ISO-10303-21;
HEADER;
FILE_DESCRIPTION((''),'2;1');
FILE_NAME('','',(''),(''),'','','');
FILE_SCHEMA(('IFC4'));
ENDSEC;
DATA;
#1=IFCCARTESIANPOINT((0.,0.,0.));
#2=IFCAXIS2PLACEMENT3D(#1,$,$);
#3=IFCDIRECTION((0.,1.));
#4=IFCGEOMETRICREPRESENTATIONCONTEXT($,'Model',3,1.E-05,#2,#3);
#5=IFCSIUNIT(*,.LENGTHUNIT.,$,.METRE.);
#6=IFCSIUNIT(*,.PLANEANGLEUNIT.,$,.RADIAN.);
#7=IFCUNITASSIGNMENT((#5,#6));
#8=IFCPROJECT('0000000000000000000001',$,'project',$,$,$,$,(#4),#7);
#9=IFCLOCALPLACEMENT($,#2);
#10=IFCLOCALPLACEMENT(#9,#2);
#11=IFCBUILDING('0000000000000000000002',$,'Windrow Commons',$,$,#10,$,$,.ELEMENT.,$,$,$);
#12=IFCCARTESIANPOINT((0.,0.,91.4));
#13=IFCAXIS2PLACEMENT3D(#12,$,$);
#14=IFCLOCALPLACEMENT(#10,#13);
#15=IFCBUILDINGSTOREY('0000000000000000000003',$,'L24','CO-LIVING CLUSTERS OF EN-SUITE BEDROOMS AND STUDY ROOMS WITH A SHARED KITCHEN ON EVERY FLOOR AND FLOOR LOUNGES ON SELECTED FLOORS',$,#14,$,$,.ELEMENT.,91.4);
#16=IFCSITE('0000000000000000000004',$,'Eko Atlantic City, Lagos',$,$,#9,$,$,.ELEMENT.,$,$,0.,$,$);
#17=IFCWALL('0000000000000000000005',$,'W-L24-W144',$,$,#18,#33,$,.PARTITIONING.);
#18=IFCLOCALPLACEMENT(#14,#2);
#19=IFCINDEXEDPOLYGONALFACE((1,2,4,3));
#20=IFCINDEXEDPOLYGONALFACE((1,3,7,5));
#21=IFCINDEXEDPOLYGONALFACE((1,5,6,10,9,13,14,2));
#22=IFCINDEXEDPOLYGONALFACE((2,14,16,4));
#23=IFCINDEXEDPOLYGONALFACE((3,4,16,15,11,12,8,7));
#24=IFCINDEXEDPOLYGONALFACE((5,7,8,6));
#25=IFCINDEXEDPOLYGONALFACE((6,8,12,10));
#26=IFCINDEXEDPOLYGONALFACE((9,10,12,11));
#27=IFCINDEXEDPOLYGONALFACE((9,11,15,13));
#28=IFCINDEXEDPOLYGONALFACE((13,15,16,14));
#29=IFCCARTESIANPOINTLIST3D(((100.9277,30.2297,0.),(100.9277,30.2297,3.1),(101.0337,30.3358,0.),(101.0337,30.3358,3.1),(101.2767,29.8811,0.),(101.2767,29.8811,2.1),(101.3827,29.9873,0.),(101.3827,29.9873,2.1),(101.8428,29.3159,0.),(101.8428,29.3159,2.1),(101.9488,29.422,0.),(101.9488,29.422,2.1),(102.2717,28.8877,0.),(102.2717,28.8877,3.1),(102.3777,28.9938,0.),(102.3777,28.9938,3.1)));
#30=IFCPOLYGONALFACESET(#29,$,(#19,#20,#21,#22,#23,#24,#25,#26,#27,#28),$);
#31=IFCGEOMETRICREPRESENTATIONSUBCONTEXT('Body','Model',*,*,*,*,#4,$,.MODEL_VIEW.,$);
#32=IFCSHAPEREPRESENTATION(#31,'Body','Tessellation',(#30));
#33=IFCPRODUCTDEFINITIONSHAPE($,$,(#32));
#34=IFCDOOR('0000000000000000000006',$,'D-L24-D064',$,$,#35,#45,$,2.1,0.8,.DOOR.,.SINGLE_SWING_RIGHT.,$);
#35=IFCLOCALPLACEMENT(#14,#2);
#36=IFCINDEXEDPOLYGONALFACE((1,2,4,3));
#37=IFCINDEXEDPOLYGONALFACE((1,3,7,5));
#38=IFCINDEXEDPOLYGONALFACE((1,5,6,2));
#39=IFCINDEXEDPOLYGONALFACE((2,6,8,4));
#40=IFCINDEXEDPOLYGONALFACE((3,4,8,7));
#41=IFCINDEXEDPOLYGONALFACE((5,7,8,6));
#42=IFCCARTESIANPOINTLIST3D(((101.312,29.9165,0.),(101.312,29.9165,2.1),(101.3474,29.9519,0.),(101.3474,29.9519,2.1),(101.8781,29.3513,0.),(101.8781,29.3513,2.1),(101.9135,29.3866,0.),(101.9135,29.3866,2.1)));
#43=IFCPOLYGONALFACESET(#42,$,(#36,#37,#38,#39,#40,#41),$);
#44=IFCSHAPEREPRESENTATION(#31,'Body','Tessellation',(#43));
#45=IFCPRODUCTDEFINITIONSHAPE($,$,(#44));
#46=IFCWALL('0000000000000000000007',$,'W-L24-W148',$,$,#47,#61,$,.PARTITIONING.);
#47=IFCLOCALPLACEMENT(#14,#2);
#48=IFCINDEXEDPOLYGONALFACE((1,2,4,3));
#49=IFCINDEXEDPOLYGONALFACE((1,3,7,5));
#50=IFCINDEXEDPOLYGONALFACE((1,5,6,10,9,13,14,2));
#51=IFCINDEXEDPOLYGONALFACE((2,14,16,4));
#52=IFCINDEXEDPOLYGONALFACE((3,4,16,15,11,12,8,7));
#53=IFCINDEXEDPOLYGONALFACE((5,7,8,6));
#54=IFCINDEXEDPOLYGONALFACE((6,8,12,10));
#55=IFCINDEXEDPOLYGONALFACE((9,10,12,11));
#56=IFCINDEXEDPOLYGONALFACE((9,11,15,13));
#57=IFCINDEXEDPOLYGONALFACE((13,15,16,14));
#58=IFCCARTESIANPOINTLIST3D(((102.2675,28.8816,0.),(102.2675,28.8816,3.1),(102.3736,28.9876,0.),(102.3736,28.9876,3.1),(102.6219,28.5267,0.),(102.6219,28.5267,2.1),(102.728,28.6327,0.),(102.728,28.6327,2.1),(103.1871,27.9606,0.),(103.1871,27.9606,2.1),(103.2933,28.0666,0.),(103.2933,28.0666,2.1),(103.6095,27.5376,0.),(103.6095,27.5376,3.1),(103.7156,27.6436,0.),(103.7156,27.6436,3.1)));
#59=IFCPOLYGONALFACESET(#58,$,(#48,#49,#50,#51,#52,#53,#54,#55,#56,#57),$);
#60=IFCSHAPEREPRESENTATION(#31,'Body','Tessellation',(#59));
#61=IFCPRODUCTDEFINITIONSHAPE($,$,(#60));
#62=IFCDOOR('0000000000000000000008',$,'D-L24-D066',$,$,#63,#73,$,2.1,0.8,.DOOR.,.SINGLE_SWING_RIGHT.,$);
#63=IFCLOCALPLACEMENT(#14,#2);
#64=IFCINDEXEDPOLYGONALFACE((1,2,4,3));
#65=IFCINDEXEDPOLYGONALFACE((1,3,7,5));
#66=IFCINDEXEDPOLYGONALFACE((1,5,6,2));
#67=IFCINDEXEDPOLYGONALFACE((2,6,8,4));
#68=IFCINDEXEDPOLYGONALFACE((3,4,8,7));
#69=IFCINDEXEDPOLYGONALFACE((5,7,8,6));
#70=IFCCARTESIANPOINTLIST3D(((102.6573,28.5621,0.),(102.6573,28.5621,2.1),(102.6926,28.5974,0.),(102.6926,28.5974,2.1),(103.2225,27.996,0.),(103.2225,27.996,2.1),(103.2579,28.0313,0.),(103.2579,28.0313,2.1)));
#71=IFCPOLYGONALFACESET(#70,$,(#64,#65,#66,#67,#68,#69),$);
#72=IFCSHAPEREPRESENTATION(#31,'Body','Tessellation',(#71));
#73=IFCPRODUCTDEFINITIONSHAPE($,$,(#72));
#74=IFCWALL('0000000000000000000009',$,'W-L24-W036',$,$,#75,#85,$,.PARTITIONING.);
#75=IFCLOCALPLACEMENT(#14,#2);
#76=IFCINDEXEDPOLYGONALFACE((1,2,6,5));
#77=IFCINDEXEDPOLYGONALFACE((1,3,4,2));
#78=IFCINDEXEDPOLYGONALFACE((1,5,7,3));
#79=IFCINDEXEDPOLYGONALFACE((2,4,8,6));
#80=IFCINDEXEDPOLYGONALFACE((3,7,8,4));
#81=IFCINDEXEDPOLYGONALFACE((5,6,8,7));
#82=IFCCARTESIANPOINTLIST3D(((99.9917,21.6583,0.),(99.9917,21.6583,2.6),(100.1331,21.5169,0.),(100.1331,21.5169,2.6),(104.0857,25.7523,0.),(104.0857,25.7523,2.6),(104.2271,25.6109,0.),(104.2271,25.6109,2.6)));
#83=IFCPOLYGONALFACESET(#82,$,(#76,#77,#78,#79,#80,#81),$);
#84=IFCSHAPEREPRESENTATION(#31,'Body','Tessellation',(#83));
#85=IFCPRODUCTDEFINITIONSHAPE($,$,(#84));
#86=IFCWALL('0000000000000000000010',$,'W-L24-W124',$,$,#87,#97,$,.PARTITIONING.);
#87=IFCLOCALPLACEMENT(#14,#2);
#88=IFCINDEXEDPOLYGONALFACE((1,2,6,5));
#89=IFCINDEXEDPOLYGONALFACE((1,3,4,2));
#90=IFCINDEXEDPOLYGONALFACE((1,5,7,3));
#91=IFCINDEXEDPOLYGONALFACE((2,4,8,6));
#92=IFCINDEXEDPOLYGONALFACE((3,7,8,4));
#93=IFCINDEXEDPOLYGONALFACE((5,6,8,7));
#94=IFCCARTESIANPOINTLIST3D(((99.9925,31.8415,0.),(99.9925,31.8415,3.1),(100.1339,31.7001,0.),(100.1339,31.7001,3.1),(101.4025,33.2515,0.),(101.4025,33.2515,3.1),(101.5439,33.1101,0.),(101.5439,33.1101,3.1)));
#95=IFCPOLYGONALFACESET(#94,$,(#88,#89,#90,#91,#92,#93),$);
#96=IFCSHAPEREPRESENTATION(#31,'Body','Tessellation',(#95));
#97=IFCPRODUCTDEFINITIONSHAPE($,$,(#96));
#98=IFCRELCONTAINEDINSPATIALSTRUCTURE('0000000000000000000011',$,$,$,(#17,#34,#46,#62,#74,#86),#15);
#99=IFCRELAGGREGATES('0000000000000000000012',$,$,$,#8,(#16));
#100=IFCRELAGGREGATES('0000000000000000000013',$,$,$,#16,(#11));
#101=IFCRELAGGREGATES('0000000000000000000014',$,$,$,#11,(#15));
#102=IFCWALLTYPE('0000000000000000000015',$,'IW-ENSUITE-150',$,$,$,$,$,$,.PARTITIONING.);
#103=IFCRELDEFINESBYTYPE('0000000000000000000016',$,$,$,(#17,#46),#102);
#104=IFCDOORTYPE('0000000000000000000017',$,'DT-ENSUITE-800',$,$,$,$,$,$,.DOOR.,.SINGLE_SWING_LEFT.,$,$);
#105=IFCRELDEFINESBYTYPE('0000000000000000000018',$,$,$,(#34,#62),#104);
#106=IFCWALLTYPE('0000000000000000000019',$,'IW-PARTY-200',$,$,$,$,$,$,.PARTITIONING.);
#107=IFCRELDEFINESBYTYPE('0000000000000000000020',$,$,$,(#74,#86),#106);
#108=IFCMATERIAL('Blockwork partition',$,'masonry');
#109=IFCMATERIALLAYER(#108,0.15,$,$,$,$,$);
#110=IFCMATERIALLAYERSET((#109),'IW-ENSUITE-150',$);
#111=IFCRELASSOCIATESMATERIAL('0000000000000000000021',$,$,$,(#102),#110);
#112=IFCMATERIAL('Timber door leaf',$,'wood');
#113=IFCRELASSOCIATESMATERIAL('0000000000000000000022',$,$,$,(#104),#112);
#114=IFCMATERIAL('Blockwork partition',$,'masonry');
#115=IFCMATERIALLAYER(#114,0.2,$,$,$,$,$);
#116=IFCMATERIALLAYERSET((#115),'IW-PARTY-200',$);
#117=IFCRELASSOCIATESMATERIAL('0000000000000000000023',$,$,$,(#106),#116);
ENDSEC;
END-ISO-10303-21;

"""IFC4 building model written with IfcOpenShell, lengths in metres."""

from ifc_helpers import new_model, si_unit, direction, frame, frame_2d, origin, place, context, subcontext, project, spatial, rectangle, extrude, material, layer, layer_set, type_object, element, fill, save


model = new_model("IFC4")

# Units and contexts
model_context = context("Model", 3, precision=1e-05, world=origin(), true_north=direction((0.0, 1.0)))
body_context = subcontext(model_context, "Body", "Model", "MODEL_VIEW")
ifc_project = project(units=[si_unit("LENGTHUNIT", "METRE"), si_unit("PLANEANGLEUNIT", "RADIAN")], contexts=[model_context])

# Site, building, storey
site_placement = place(None, origin())
site = spatial("IfcSite", under=ifc_project, at=site_placement, Name="Eko Atlantic City, Lagos", CompositionType="ELEMENT", RefElevation=0.0)
building_placement = place(site_placement, origin())
building = spatial("IfcBuilding", under=site, at=building_placement, Name="Windrow Commons", CompositionType="ELEMENT")
storey_placement = place(building_placement, frame((0.0, 0.0, 91.4)))
storey = spatial("IfcBuildingStorey", under=building, at=storey_placement, Name="L24", Description="CO-LIVING CLUSTERS OF EN-SUITE BEDROOMS AND STUDY ROOMS WITH A SHARED KITCHEN ON EVERY FLOOR AND FLOOR LOUNGES ON SELECTED FLOORS", CompositionType="ELEMENT", Elevation=91.4)

# Shared definitions
ifc_material_1 = material(Name="Blockwork partition", Category="masonry")
ifc_layer_1 = layer(ifc_material_1, 0.15)
ifc_layer_set_1 = layer_set([ifc_layer_1], Name="IW-ENSUITE-150")
wall_type_1 = type_object("IfcWallType", Name="IW-ENSUITE-150", PredefinedType="PARTITIONING", material=ifc_layer_set_1)

# Walls, openings, doors
wall_1_placement = place(storey_placement, frame((100.9807, 30.2827, 0.0), z_axis=(0.0, 0.0, 1.0), x_axis=(0.707633, -0.70658, 0.0)))
wall_1 = element("IfcWall", 1, at=wall_1_placement, inside=storey, type_object=wall_type_1, Name="W-L24-W144", PredefinedType="PARTITIONING", context=body_context, shape_type="SweptSolid", body=[
    extrude(rectangle(XDim=1.8993, YDim=0.15, at=frame_2d((0.9496, 0.0))), origin(), (0.0, 0.0, 1.0), 3.1),
])
opening_1_placement = place(wall_1_placement, frame((0.4932, 0.0, 0.0)))
opening_1 = element("IfcOpeningElement", 2, at=opening_1_placement, cuts=wall_1, PredefinedType="OPENING", context=body_context, shape_type="SweptSolid", body=[
    extrude(rectangle(XDim=0.8, YDim=2.1, at=frame_2d((0.4, 1.05))), frame((0.0, 0.085, 0.0), z_axis=(0.0, -1.0, 0.0), x_axis=(1.0, 0.0, 0.0)), (0.0, 0.0, 1.0), 0.17),
])
ifc_material_2 = material(Name="Timber door leaf", Category="wood")
door_type = type_object("IfcDoorType", Name="DT-ENSUITE-800", OperationType="SINGLE_SWING_LEFT", PredefinedType="DOOR", material=ifc_material_2)
door_1_placement = place(opening_1_placement, origin())
door_1 = element("IfcDoor", 3, at=door_1_placement, inside=storey, type_object=door_type, Name="D-L24-D064", OperationType="SINGLE_SWING_RIGHT", OverallHeight=2.1, OverallWidth=0.8, PredefinedType="DOOR", context=body_context, shape_type="SweptSolid", body=[
    extrude(rectangle(XDim=0.8, YDim=2.1, at=frame_2d((0.4, 1.05))), frame((0.0, 0.025, 0.0), z_axis=(0.0, -1.0, 0.0), x_axis=(1.0, 0.0, 0.0)), (0.0, 0.0, 1.0), 0.05),
])
fill(opening_1, door_1)
wall_2_placement = place(storey_placement, frame((102.3206, 28.9346, 0.0), z_axis=(0.0, 0.0, 1.0), x_axis=(0.70658, -0.707633, 0.0)))
wall_2 = element("IfcWall", 4, at=wall_2_placement, inside=storey, type_object=wall_type_1, Name="W-L24-W148", PredefinedType="PARTITIONING", context=body_context, shape_type="SweptSolid", body=[
    extrude(rectangle(XDim=1.8993, YDim=0.15, at=frame_2d((0.9496, 0.0))), origin(), (0.0, 0.0, 1.0), 3.1),
])
opening_2_placement = place(wall_2_placement, frame((0.5015, 0.0, 0.0)))
opening_2 = element("IfcOpeningElement", 5, at=opening_2_placement, cuts=wall_2, PredefinedType="OPENING", context=body_context, shape_type="SweptSolid", body=[
    extrude(rectangle(XDim=0.8, YDim=2.1, at=frame_2d((0.4, 1.05))), frame((0.0, 0.085, 0.0), z_axis=(0.0, -1.0, 0.0), x_axis=(1.0, 0.0, 0.0)), (0.0, 0.0, 1.0), 0.17),
])
door_2_placement = place(opening_2_placement, origin())
door_2 = element("IfcDoor", 6, at=door_2_placement, inside=storey, type_object=door_type, Name="D-L24-D066", OperationType="SINGLE_SWING_RIGHT", OverallHeight=2.1, OverallWidth=0.8, PredefinedType="DOOR", context=body_context, shape_type="SweptSolid", body=[
    extrude(rectangle(XDim=0.8, YDim=2.1, at=frame_2d((0.4, 1.05))), frame((0.0, 0.025, 0.0), z_axis=(0.0, -1.0, 0.0), x_axis=(1.0, 0.0, 0.0)), (0.0, 0.0, 1.0), 0.05),
])
fill(opening_2, door_2)

# Walls
ifc_material_3 = material(Name="Blockwork partition", Category="masonry")
ifc_layer_2 = layer(ifc_material_3, 0.2)
ifc_layer_set_2 = layer_set([ifc_layer_2], Name="IW-PARTY-200")
wall_type_2 = type_object("IfcWallType", Name="IW-PARTY-200", PredefinedType="PARTITIONING", material=ifc_layer_set_2)
wall_3_placement = place(storey_placement, frame((100.0624, 21.5876, 0.0), z_axis=(0.0, 0.0, 1.0), x_axis=(0.707107, 0.707107, 0.0)))
element("IfcWall", 7, at=wall_3_placement, inside=storey, type_object=wall_type_2, Name="W-L24-W036", PredefinedType="PARTITIONING", context=body_context, shape_type="SweptSolid", body=[
    extrude(rectangle(XDim=5.7898, YDim=0.2, at=frame_2d((2.8949, 0.0))), origin(), (0.0, 0.0, 1.0), 2.6),
])
wall_4_placement = place(storey_placement, frame((100.0632, 31.7708, 0.0), z_axis=(0.0, 0.0, 1.0), x_axis=(0.707107, 0.707107, 0.0)))
element("IfcWall", 8, at=wall_4_placement, inside=storey, type_object=wall_type_2, Name="W-L24-W124", PredefinedType="PARTITIONING", context=body_context, shape_type="SweptSolid", body=[
    extrude(rectangle(XDim=1.994, YDim=0.2, at=frame_2d((0.997, 0.0))), origin(), (0.0, 0.0, 1.0), 3.1),
])

save(model, "model.ifc")
